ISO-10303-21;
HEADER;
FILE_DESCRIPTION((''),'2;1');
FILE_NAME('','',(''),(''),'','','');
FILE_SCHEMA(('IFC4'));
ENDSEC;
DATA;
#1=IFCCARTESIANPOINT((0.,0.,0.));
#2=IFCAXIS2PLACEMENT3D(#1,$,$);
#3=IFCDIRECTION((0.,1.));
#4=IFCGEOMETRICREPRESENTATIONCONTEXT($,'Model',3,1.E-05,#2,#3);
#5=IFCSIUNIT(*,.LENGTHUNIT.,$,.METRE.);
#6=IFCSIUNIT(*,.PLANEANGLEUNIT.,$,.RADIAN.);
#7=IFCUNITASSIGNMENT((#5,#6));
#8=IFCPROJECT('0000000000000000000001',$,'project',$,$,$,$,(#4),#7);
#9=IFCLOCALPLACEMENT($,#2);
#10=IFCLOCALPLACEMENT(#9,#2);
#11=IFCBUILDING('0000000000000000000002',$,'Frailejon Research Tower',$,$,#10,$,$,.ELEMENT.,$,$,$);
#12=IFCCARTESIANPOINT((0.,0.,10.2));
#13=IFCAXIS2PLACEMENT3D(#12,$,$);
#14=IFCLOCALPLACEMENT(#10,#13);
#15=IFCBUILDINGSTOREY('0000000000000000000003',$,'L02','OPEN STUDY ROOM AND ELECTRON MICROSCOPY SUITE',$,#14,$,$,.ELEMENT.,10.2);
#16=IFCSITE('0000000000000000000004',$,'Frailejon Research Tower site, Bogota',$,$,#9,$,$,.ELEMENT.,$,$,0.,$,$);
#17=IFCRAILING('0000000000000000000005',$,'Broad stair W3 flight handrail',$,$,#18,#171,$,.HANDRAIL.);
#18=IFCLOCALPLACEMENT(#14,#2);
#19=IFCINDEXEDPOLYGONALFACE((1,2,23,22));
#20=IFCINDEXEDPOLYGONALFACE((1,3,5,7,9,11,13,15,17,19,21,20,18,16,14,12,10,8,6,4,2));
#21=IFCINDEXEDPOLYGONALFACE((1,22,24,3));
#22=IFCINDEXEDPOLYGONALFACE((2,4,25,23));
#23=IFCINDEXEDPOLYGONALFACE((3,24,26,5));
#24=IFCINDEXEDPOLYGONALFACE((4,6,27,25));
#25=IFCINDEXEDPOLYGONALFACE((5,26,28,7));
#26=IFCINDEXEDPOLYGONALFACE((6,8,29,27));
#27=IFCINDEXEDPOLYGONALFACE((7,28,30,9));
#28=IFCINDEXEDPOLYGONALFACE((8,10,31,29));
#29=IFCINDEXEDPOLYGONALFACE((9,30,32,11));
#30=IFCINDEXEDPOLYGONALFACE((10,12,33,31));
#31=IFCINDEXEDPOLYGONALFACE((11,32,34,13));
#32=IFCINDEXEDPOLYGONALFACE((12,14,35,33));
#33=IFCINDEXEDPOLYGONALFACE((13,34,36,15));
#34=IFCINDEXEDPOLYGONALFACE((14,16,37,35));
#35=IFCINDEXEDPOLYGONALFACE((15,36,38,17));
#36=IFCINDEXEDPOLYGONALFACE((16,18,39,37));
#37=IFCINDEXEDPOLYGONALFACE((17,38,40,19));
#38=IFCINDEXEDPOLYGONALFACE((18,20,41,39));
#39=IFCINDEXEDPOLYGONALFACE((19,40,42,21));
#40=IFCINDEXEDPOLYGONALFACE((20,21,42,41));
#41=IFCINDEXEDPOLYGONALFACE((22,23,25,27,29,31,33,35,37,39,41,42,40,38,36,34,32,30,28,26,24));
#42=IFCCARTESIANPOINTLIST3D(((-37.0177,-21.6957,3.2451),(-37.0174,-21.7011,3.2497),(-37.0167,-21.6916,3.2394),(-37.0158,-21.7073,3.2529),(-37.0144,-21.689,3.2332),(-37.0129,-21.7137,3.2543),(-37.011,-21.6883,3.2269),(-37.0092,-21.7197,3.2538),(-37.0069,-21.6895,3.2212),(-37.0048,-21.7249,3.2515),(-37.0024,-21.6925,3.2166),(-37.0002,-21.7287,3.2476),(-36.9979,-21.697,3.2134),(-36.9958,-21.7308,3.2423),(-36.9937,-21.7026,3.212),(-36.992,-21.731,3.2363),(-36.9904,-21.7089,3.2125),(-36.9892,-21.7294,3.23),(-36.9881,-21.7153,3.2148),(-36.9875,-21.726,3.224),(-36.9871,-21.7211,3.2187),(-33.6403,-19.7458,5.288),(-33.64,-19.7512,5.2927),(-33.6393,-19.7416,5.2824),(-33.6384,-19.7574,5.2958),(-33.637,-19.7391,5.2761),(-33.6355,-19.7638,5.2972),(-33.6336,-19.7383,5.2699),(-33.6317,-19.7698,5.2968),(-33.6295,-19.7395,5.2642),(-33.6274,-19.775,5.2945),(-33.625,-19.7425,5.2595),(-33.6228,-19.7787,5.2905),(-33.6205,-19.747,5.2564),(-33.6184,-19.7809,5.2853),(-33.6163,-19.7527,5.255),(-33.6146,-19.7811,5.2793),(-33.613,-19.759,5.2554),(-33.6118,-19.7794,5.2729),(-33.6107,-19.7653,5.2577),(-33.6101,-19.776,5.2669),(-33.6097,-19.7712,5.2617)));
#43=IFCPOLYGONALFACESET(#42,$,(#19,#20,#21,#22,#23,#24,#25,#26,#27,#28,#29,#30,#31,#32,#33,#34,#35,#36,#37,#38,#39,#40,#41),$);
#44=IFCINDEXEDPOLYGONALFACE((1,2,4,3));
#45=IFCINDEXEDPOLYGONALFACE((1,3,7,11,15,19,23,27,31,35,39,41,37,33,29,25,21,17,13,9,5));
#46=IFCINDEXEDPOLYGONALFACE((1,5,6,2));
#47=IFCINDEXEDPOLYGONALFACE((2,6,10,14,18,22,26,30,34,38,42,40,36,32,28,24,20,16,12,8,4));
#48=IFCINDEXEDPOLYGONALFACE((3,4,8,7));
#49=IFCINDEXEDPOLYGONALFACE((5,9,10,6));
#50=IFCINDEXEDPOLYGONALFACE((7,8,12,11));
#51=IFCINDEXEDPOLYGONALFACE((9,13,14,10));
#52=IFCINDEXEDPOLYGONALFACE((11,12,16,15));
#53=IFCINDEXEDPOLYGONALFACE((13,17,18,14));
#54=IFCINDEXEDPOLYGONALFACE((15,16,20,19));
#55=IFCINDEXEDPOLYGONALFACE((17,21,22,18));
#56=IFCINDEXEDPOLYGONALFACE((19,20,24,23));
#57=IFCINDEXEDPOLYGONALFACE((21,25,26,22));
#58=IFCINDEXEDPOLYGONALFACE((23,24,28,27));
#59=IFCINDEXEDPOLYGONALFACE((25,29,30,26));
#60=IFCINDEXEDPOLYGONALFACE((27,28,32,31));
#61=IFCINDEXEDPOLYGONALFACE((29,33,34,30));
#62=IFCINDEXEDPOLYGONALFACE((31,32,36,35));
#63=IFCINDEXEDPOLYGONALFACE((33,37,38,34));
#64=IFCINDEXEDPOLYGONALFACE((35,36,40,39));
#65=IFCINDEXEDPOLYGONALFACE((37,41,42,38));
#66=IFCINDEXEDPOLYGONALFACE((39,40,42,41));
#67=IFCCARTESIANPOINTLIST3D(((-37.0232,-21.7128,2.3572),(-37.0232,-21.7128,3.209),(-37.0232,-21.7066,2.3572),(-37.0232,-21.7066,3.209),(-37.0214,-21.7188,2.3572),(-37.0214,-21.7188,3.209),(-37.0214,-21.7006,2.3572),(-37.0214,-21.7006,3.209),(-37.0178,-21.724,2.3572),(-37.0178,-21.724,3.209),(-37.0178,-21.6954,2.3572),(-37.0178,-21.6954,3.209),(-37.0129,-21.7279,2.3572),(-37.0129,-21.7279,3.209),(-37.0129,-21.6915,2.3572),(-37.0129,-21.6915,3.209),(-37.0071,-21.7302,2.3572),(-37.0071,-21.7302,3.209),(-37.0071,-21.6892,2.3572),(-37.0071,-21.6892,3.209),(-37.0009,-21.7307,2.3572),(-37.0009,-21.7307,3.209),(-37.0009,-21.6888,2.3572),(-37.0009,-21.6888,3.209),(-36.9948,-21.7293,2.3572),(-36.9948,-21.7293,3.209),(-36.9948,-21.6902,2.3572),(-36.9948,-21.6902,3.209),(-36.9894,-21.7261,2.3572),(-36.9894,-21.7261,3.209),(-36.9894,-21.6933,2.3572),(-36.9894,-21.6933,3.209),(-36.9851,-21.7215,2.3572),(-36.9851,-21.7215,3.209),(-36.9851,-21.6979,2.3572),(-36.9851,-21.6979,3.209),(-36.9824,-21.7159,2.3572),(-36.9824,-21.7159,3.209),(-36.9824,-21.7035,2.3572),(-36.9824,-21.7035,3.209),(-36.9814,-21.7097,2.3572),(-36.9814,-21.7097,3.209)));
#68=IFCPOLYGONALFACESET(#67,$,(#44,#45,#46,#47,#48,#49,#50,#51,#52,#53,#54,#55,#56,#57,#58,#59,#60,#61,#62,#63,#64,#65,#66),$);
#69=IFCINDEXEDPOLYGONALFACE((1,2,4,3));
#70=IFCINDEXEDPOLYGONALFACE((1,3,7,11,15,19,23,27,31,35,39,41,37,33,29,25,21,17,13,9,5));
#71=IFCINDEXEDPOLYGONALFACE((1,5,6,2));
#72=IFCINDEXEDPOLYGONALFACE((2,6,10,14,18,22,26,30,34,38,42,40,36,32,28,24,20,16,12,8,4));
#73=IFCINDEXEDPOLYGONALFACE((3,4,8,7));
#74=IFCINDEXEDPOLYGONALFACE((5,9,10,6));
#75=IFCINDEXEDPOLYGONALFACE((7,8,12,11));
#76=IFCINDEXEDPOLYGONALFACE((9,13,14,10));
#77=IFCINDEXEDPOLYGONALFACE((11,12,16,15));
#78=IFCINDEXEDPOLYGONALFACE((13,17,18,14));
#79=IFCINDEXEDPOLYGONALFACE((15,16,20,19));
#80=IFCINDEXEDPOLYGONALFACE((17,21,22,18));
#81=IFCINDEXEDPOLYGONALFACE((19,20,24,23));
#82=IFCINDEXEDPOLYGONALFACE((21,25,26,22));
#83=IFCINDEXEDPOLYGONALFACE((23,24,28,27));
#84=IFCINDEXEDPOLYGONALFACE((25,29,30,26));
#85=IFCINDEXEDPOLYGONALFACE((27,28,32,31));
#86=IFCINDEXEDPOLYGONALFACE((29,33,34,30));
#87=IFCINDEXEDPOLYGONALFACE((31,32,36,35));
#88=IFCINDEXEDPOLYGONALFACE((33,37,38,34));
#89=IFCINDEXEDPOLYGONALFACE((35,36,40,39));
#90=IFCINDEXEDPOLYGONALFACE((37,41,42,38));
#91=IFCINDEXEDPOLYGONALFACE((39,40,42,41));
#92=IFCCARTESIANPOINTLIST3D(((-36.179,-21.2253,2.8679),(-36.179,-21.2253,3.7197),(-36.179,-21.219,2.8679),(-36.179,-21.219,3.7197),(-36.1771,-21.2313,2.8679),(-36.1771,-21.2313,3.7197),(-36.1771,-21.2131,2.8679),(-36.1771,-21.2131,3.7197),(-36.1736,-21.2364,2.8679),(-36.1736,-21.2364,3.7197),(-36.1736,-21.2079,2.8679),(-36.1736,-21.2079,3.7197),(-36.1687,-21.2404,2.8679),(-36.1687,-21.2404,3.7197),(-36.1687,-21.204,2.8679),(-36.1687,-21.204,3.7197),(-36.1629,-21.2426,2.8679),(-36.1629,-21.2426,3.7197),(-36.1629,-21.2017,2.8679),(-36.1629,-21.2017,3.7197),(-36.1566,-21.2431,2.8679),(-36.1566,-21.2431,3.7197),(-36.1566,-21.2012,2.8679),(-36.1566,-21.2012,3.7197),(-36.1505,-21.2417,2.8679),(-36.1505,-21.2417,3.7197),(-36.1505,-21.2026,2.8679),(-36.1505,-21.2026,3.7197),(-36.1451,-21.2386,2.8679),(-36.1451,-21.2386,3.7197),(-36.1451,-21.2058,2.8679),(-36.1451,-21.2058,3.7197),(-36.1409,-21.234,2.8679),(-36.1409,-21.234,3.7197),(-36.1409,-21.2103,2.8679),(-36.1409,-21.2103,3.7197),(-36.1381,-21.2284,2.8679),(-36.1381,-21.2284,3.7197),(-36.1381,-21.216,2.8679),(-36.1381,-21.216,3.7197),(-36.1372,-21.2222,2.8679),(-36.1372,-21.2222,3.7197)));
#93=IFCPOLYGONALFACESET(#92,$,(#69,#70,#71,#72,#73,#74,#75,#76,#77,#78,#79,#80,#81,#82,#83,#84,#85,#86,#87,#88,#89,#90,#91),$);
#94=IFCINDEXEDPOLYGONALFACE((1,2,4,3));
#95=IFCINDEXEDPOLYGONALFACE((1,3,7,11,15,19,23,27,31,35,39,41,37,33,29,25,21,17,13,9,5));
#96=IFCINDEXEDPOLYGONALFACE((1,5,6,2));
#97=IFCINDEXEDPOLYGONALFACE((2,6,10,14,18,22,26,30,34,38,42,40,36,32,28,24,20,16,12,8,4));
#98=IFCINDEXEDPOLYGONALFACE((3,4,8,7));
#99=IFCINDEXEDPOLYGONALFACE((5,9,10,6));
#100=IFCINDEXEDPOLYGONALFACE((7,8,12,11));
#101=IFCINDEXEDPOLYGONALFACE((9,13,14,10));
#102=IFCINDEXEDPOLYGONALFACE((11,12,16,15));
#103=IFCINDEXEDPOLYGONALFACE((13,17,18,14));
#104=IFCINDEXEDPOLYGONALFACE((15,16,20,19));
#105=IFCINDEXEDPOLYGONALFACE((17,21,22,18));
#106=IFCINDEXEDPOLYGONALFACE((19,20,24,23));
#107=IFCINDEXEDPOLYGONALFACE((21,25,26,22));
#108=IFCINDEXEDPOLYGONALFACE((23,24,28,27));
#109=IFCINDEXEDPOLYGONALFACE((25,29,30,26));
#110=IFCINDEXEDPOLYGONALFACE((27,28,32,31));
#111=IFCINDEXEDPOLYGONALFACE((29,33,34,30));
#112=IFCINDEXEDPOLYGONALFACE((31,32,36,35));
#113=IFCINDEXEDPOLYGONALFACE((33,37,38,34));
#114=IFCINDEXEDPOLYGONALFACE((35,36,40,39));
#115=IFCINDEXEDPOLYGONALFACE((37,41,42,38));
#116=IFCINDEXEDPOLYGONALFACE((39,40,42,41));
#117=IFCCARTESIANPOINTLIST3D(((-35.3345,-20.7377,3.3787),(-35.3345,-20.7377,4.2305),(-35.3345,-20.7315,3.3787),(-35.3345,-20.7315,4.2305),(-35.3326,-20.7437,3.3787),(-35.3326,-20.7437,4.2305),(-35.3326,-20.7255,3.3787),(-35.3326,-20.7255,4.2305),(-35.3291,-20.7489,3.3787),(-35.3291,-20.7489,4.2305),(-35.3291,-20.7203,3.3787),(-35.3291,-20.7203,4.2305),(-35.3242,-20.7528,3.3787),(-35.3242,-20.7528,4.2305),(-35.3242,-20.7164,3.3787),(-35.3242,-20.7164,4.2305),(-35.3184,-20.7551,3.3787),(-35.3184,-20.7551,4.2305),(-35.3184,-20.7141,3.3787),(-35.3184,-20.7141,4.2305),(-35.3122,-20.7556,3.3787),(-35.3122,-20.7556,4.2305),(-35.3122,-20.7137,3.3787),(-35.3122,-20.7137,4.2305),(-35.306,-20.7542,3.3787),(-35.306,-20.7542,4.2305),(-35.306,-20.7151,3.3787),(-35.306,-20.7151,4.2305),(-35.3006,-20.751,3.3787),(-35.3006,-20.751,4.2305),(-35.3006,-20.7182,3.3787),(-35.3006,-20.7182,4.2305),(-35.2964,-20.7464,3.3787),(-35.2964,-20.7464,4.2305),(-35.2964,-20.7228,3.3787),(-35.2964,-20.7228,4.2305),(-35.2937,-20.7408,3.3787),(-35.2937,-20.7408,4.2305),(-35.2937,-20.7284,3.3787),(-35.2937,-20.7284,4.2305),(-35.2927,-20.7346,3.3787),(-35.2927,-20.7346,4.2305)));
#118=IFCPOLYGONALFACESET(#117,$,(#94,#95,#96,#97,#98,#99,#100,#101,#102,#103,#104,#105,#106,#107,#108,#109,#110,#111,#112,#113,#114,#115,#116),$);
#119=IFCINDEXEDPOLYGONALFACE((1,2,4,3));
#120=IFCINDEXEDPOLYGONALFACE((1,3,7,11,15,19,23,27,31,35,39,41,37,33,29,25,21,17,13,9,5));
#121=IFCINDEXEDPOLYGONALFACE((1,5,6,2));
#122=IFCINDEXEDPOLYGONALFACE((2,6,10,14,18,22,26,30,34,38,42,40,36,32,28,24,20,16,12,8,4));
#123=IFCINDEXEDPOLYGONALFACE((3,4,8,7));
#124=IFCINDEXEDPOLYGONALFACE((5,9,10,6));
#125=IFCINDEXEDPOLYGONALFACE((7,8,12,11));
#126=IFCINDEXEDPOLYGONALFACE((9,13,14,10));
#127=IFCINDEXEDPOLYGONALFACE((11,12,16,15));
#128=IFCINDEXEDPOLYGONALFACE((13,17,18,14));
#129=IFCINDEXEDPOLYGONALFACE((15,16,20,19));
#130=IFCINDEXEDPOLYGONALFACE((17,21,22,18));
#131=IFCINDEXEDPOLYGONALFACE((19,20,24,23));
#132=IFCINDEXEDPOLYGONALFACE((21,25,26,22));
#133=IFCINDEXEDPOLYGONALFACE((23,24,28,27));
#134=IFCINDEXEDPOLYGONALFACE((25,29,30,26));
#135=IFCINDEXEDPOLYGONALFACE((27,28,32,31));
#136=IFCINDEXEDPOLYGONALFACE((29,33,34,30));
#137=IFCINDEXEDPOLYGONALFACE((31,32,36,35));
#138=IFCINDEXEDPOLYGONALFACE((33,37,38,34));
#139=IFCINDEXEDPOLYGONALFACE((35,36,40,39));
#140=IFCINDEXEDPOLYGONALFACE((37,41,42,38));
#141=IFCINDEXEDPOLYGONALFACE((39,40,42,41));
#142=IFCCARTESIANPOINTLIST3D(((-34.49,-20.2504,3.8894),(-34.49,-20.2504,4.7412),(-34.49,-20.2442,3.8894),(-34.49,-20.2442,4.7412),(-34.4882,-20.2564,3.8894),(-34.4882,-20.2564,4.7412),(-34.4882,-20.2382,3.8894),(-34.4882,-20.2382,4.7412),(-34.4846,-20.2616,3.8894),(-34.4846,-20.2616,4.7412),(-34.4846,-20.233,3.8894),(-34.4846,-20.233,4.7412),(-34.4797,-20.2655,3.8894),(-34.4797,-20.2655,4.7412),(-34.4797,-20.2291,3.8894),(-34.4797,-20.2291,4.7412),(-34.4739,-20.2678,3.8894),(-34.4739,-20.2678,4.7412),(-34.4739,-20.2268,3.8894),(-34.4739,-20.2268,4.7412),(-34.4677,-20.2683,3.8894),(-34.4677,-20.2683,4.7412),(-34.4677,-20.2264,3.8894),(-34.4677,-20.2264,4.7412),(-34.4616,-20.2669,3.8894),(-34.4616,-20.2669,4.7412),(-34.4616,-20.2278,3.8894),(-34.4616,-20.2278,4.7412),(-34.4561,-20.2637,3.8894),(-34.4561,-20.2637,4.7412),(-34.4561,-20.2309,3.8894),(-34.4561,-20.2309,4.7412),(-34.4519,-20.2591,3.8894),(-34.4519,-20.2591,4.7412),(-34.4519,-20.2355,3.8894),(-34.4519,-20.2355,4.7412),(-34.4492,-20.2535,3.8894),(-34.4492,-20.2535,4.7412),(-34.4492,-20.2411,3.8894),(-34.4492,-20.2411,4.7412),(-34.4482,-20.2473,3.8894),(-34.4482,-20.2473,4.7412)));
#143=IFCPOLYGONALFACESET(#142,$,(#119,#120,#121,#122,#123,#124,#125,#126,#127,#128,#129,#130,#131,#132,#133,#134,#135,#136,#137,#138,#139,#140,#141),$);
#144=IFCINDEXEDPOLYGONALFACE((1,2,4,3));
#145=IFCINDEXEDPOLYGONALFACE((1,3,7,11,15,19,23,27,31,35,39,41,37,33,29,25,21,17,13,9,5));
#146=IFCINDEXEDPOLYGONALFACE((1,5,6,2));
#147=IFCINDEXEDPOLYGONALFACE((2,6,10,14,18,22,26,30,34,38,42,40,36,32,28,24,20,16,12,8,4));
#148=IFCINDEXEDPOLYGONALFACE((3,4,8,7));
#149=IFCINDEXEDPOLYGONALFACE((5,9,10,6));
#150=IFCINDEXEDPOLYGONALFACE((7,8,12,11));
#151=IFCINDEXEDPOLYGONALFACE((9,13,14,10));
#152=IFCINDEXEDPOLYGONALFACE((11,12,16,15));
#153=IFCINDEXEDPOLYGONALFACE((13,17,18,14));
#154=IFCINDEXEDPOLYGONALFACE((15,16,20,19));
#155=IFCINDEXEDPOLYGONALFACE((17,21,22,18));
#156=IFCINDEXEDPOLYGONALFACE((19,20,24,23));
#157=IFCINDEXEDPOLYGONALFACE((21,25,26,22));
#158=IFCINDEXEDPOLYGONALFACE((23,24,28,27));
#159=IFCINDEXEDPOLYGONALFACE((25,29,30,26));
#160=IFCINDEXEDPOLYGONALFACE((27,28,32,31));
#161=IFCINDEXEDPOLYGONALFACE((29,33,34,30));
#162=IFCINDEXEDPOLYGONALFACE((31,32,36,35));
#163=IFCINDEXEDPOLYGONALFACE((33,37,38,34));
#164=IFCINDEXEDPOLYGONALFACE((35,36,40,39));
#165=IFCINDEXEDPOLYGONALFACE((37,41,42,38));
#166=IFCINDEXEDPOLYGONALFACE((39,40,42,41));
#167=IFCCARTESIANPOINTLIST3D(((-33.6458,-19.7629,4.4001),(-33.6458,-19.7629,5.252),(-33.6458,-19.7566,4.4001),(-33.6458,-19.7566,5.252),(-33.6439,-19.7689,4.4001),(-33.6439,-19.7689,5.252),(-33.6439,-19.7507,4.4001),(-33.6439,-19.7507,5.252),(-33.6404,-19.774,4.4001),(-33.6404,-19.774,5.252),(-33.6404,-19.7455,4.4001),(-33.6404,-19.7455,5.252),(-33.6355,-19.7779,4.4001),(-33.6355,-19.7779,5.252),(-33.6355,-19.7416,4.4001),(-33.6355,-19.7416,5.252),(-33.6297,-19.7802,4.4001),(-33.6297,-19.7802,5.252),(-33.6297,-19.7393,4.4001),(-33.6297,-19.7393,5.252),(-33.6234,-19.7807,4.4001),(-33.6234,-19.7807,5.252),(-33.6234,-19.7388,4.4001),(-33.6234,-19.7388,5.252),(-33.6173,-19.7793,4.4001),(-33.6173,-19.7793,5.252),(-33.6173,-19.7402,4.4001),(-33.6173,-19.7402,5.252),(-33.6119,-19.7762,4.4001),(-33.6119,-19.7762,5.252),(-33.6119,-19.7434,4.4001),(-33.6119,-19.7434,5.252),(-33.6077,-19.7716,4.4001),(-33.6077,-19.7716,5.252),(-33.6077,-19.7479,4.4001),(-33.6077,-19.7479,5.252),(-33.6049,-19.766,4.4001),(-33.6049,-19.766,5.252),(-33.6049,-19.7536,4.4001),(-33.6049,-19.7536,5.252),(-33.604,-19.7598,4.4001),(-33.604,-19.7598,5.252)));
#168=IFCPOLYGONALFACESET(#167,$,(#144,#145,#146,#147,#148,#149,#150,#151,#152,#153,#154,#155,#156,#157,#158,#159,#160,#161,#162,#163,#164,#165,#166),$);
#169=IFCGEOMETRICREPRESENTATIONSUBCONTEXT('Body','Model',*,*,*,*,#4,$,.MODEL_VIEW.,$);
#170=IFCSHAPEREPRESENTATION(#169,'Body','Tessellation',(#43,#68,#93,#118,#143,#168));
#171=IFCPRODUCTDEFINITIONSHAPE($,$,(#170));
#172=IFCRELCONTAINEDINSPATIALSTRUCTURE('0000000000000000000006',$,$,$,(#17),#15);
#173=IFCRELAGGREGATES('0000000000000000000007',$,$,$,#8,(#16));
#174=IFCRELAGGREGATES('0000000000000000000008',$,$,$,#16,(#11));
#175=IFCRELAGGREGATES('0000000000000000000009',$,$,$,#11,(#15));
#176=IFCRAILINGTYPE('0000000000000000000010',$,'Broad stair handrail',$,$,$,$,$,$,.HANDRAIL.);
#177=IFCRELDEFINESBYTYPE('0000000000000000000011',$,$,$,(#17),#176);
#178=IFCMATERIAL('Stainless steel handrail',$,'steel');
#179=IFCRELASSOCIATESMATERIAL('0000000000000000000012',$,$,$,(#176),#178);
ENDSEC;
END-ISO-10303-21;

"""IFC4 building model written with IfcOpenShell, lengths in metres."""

from ifc_helpers import new_model, si_unit, direction, frame, origin, origin_2d, place, context, subcontext, project, spatial, circle, extrude, material, type_object, element, save


model = new_model("IFC4")

# Units and contexts
model_context = context("Model", 3, precision=1e-05, world=origin(), true_north=direction((0.0, 1.0)))
body_context = subcontext(model_context, "Body", "Model", "MODEL_VIEW")
ifc_project = project(units=[si_unit("LENGTHUNIT", "METRE"), si_unit("PLANEANGLEUNIT", "RADIAN")], contexts=[model_context])

# Site, building, storey
site_placement = place(None, origin())
site = spatial("IfcSite", under=ifc_project, at=site_placement, Name="Frailejon Research Tower site, Bogota", CompositionType="ELEMENT", RefElevation=0.0)
building_placement = place(site_placement, origin())
building = spatial("IfcBuilding", under=site, at=building_placement, Name="Frailejon Research Tower", CompositionType="ELEMENT")
storey_placement = place(building_placement, frame((0.0, 0.0, 10.2)))
storey = spatial("IfcBuildingStorey", under=building, at=storey_placement, Name="L02", Description="OPEN STUDY ROOM AND ELECTRON MICROSCOPY SUITE", CompositionType="ELEMENT", Elevation=10.2)

# Railing
ifc_material_1 = material(Name="Stainless steel handrail", Category="steel")
railing_type_1 = type_object("IfcRailingType", Name="Broad stair handrail", PredefinedType="HANDRAIL", material=ifc_material_1)
railing_1_placement = place(storey_placement, frame((-37.0024, -21.7097, 2.3572)))
element("IfcRailing", 1, at=railing_1_placement, inside=storey, type_object=railing_type_1, Name="Broad stair W3 flight handrail", PredefinedType="HANDRAIL", context=body_context, shape_type="SweptSolid", body=[
    extrude(circle(Radius=0.0239, at=origin_2d()), frame((0.0, 0.0, 0.876), z_axis=(0.767142, 0.442906, 0.464034), x_axis=(-0.499997, 0.866027, 0.0)), (0.0, 0.0, 1.0), 4.4026),
    extrude(circle(Radius=0.021, at=origin_2d()), origin(), (0.0, 0.0, 1.0), 0.8518),
    extrude(circle(Radius=0.021, at=origin_2d()), frame((0.8442, 0.4875, 0.5107)), (0.0, 0.0, 1.0), 0.8518),
    extrude(circle(Radius=0.021, at=origin_2d()), frame((1.6887, 0.9751, 1.0215)), (0.0, 0.0, 1.0), 0.8518),
    extrude(circle(Radius=0.021, at=origin_2d()), frame((2.5332, 1.4624, 1.5322)), (0.0, 0.0, 1.0), 0.8518),
    extrude(circle(Radius=0.021, at=origin_2d()), frame((3.3774, 1.95, 2.043)), (0.0, 0.0, 1.0), 0.8518),
])

save(model, "model.ifc")
